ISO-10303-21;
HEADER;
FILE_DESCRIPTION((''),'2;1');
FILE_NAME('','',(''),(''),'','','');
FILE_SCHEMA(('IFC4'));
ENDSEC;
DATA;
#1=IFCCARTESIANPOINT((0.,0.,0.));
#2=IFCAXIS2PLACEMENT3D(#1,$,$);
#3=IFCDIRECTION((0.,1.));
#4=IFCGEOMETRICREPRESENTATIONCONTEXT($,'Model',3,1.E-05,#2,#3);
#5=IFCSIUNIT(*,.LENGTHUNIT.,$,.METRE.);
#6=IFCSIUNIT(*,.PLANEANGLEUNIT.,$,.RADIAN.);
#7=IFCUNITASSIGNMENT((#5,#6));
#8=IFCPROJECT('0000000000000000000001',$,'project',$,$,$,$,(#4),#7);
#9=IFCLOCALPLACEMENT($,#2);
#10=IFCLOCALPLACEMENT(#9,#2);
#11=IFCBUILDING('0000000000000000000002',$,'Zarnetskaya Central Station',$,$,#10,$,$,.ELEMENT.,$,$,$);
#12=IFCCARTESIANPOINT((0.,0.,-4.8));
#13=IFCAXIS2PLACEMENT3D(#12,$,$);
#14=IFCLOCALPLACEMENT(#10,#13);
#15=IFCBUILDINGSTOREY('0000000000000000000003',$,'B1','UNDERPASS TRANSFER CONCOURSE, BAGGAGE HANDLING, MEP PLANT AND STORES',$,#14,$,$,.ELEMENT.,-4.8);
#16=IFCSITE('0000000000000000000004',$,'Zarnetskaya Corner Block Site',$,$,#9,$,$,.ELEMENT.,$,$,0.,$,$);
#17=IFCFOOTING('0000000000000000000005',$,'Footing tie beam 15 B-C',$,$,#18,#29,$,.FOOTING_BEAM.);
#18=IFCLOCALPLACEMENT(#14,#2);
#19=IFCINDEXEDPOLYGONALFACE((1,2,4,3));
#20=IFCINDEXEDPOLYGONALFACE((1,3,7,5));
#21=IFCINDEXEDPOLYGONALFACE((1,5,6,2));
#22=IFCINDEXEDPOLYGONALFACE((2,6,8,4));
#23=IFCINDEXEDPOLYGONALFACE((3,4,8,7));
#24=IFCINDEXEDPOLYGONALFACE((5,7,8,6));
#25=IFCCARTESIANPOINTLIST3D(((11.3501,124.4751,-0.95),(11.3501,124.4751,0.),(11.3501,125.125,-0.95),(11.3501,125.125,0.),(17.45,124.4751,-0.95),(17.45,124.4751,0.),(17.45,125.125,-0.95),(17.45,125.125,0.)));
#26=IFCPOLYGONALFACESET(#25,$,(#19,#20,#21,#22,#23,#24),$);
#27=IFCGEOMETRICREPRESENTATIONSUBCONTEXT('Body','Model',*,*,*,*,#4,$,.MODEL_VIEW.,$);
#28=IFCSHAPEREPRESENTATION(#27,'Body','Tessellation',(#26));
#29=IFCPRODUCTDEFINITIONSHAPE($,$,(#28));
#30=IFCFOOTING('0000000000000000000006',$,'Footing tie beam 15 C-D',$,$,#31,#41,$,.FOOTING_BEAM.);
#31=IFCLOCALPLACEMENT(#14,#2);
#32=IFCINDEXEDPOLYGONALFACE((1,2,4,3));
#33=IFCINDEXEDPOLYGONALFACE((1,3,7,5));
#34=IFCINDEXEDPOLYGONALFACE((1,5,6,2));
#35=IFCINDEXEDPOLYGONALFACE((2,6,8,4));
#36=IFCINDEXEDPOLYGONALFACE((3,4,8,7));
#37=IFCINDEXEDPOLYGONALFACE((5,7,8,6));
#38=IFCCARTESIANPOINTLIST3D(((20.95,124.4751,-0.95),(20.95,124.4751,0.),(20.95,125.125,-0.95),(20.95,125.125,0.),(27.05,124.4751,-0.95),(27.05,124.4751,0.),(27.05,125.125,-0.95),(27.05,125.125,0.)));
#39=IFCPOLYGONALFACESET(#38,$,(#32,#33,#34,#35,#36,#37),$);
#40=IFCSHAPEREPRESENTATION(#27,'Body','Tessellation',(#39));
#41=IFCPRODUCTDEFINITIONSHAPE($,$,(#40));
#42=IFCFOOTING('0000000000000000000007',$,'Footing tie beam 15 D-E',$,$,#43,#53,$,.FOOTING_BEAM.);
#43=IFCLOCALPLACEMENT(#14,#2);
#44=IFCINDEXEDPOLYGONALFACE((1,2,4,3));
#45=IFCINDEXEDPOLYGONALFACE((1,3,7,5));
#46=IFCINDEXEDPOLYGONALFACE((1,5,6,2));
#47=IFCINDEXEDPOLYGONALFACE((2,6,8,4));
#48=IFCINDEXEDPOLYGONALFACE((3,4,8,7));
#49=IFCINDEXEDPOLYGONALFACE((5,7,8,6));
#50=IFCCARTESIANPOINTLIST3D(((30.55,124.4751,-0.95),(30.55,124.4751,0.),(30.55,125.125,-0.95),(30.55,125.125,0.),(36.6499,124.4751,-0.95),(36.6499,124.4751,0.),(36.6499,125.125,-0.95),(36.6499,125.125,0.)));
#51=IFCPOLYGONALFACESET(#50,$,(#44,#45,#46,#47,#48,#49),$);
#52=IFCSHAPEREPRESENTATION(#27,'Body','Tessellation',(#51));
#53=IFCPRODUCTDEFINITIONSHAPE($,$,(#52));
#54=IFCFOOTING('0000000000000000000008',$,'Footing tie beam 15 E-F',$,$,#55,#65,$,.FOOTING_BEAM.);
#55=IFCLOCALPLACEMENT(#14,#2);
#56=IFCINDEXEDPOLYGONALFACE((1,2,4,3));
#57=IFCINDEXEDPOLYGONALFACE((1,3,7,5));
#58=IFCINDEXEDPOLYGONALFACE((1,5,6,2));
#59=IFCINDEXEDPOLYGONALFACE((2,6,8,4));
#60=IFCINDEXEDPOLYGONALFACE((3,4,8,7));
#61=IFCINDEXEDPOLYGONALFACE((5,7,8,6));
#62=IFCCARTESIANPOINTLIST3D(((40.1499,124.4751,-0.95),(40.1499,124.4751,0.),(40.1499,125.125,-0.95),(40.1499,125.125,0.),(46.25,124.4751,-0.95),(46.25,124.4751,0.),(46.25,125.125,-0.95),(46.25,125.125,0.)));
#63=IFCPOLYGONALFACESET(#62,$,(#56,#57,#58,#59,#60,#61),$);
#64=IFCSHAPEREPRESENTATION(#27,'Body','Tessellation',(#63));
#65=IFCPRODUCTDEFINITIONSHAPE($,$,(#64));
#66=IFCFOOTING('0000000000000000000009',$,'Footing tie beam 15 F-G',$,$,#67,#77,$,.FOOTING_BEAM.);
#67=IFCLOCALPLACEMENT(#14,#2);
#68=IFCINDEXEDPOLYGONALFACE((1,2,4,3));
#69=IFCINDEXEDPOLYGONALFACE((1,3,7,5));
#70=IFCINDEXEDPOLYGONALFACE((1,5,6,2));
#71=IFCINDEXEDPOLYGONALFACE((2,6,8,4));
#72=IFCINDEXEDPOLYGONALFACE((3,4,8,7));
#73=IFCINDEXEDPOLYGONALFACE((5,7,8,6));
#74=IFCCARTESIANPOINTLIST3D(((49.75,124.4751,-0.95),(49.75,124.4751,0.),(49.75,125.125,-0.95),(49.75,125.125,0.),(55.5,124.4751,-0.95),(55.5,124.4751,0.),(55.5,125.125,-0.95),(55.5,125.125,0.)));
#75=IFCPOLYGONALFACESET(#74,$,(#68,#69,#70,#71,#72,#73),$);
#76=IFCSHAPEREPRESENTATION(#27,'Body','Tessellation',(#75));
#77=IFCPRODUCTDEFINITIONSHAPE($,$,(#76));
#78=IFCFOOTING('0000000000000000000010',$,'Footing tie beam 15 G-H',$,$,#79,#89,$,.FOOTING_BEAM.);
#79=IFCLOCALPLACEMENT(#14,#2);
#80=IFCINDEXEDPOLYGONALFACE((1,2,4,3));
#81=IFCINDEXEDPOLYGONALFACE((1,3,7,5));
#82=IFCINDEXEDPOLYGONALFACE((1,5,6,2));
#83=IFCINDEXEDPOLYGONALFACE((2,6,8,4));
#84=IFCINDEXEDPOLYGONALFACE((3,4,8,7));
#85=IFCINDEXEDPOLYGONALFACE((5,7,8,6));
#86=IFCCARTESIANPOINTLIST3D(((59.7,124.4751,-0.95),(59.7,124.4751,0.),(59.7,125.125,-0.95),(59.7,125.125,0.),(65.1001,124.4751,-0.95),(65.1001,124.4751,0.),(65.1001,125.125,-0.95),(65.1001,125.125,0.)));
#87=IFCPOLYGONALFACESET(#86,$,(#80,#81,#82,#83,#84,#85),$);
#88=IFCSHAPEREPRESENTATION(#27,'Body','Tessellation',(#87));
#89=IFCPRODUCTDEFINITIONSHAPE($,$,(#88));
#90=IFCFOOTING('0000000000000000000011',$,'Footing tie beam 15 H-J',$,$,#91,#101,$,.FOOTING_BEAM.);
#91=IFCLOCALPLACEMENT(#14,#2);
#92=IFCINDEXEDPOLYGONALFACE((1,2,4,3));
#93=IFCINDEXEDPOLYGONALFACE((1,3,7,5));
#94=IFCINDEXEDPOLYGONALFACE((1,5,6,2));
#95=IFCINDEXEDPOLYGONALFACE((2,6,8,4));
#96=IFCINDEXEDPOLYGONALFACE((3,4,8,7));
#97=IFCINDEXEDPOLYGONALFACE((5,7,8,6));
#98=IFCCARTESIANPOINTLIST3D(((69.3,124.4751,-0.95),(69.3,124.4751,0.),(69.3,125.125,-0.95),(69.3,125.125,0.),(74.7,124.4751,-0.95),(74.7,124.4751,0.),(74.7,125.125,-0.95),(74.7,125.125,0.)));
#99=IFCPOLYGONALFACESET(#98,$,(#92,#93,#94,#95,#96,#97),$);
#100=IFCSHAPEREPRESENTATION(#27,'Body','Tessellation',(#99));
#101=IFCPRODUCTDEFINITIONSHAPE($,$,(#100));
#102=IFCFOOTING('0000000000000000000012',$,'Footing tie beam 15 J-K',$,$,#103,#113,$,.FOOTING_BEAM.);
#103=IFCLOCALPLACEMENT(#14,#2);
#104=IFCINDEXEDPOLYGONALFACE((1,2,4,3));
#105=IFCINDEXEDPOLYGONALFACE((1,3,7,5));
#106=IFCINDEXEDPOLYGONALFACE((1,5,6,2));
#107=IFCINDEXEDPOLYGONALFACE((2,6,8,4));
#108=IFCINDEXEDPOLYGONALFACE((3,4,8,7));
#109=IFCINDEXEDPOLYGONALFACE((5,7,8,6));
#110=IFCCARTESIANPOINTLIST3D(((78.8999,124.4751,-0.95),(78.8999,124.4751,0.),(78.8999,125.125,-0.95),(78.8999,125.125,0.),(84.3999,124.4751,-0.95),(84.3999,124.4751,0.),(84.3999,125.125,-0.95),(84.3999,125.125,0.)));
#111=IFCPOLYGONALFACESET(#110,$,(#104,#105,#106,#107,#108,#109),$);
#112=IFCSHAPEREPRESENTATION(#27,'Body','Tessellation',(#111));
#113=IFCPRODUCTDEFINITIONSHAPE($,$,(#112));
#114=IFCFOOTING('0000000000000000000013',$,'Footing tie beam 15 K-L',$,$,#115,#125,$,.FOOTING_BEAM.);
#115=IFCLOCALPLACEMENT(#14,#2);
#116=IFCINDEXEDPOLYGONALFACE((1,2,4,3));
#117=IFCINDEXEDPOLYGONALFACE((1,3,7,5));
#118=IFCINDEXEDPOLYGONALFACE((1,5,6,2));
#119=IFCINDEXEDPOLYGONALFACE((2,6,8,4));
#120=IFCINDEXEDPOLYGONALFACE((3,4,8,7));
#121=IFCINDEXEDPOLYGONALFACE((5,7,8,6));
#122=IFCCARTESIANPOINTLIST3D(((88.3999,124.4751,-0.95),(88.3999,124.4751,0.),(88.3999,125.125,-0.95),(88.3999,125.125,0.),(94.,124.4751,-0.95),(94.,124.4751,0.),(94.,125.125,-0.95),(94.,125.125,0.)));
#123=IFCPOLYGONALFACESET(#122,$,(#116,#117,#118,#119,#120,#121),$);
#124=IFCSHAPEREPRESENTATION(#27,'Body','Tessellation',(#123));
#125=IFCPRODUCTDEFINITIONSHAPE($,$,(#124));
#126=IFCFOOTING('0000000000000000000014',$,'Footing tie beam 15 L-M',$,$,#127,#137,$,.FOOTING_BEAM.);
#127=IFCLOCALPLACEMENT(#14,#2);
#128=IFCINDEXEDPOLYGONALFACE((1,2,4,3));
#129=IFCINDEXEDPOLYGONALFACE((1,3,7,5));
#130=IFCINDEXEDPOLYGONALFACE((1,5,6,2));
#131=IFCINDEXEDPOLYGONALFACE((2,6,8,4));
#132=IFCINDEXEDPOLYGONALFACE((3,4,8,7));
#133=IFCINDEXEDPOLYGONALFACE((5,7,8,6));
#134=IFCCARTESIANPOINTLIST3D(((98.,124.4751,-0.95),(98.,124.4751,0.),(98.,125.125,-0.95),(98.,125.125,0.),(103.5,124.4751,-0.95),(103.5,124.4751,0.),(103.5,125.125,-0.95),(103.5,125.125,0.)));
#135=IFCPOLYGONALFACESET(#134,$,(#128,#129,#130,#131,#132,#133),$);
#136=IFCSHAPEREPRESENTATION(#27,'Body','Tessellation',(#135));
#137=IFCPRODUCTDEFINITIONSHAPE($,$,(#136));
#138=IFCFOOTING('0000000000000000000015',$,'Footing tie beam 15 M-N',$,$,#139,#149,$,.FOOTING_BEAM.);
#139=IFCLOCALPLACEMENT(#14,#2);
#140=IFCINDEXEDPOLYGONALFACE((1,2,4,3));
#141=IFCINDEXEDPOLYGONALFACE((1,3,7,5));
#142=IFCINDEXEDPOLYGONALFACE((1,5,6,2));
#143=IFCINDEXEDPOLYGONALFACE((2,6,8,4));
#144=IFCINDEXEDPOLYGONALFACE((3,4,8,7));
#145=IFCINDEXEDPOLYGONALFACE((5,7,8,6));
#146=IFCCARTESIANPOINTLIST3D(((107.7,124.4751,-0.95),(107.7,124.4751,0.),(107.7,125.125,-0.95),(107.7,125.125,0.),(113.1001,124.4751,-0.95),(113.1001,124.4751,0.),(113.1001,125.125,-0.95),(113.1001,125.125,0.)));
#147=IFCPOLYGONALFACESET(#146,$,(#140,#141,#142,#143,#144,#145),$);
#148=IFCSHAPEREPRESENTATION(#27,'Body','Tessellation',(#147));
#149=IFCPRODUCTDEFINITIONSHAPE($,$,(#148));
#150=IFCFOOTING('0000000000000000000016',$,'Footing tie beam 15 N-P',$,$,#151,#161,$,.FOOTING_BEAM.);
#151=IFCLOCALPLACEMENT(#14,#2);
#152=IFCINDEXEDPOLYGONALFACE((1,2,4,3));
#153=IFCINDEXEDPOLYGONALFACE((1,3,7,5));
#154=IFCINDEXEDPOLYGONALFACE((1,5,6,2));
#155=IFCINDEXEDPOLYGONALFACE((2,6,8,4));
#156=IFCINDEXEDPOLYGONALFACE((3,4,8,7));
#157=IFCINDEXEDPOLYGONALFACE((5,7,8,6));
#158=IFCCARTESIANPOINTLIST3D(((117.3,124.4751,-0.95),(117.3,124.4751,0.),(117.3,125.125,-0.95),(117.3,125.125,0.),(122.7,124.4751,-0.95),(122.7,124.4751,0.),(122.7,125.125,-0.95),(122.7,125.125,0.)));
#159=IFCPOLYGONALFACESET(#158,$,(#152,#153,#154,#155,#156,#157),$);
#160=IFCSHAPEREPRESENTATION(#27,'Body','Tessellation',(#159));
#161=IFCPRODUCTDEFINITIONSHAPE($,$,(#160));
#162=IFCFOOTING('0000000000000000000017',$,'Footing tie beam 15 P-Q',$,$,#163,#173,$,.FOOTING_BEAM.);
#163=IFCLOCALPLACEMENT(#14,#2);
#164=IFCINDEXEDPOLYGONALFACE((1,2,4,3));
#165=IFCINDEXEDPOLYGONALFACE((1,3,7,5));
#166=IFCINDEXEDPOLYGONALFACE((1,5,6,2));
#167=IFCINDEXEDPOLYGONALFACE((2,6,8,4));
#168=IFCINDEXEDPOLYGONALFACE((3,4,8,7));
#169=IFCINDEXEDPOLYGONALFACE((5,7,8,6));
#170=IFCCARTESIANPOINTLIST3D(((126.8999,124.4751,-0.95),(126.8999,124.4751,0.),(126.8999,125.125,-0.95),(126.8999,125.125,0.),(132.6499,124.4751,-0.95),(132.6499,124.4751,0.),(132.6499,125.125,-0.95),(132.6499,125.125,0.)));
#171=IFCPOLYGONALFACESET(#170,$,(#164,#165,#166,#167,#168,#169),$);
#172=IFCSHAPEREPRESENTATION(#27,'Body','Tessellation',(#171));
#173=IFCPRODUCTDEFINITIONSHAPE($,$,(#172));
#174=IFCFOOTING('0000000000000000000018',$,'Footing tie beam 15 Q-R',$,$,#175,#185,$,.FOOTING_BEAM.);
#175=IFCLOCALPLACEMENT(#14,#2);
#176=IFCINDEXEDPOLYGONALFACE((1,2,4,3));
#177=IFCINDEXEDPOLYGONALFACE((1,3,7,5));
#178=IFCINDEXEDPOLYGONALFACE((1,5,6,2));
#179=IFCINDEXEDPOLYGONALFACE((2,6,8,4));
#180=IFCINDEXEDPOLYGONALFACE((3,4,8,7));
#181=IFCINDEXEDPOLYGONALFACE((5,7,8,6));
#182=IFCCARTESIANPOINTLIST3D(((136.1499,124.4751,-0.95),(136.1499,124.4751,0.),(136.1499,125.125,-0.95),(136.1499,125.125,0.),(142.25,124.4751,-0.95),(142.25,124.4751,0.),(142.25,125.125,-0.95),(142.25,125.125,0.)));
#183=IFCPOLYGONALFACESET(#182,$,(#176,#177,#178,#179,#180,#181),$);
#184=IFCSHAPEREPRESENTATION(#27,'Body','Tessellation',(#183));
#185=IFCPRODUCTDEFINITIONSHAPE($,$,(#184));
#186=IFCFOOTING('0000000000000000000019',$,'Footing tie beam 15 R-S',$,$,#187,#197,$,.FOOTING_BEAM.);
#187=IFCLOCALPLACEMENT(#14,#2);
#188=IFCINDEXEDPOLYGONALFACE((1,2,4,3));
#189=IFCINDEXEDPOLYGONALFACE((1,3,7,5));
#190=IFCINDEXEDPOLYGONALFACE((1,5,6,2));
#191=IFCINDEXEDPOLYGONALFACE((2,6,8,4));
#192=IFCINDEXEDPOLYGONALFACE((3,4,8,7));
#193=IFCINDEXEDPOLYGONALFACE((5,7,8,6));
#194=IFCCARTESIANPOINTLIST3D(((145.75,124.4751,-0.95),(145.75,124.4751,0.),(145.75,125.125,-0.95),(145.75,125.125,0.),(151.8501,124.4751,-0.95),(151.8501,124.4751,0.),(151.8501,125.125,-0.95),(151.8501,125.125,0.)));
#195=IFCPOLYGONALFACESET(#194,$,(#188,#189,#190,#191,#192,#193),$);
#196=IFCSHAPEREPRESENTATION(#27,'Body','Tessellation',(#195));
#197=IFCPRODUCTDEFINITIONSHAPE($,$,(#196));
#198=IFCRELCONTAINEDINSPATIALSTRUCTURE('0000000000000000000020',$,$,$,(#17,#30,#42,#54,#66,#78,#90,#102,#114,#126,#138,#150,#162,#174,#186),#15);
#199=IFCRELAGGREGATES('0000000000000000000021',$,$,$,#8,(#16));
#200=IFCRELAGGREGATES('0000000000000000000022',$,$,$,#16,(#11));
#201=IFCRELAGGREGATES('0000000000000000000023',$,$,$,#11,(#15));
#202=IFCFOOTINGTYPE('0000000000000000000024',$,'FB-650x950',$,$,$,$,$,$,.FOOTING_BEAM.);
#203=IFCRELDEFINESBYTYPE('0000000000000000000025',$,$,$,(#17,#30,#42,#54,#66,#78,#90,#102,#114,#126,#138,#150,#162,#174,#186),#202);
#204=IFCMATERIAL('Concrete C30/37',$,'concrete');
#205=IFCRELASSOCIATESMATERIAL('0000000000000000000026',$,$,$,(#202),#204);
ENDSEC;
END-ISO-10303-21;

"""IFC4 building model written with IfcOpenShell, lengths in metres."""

from ifc_helpers import new_model, si_unit, direction, frame, origin, place, context, subcontext, project, spatial, polyline, outline, extrude, material, type_object, element, save


model = new_model("IFC4")

# Units and contexts
model_context = context("Model", 3, precision=1e-05, world=origin(), true_north=direction((0.0, 1.0)))
body_context = subcontext(model_context, "Body", "Model", "MODEL_VIEW")
ifc_project = project(units=[si_unit("LENGTHUNIT", "METRE"), si_unit("PLANEANGLEUNIT", "RADIAN")], contexts=[model_context])

# Site, building, storey
site_placement = place(None, origin())
site = spatial("IfcSite", under=ifc_project, at=site_placement, Name="Zarnetskaya Corner Block Site", CompositionType="ELEMENT", RefElevation=0.0)
building_placement = place(site_placement, origin())
building = spatial("IfcBuilding", under=site, at=building_placement, Name="Zarnetskaya Central Station", CompositionType="ELEMENT")
storey_placement = place(building_placement, frame((0.0, 0.0, -4.8)))
storey = spatial("IfcBuildingStorey", under=building, at=storey_placement, Name="B1", Description="UNDERPASS TRANSFER CONCOURSE, BAGGAGE HANDLING, MEP PLANT AND STORES", CompositionType="ELEMENT", Elevation=-4.8)

# Footings
ifc_material = material(Name="Concrete C30/37", Category="concrete")
footing_type = type_object("IfcFootingType", Name="FB-650x950", PredefinedType="FOOTING_BEAM", material=ifc_material)
footing_1_placement = place(storey_placement, frame((0.0, 0.0, -0.95)))
element("IfcFooting", 1, at=footing_1_placement, inside=storey, type_object=footing_type, Name="Footing tie beam 15 B-C", PredefinedType="FOOTING_BEAM", context=body_context, shape_type="SweptSolid", body=[
    extrude(outline(polyline([(11.3501, 124.4751), (17.45, 124.4751), (17.45, 125.125), (11.3501, 125.125), (11.3501, 124.4751)])), origin(), (0.0, 0.0, 1.0), 0.95),
])
footing_2_placement = place(storey_placement, frame((0.0, 0.0, -0.95)))
element("IfcFooting", 2, at=footing_2_placement, inside=storey, type_object=footing_type, Name="Footing tie beam 15 C-D", PredefinedType="FOOTING_BEAM", context=body_context, shape_type="SweptSolid", body=[
    extrude(outline(polyline([(20.95, 124.4751), (27.05, 124.4751), (27.05, 125.125), (20.95, 125.125), (20.95, 124.4751)])), origin(), (0.0, 0.0, 1.0), 0.95),
])
footing_3_placement = place(storey_placement, frame((0.0, 0.0, -0.95)))
element("IfcFooting", 3, at=footing_3_placement, inside=storey, type_object=footing_type, Name="Footing tie beam 15 D-E", PredefinedType="FOOTING_BEAM", context=body_context, shape_type="SweptSolid", body=[
    extrude(outline(polyline([(30.55, 124.4751), (36.6499, 124.4751), (36.6499, 125.125), (30.55, 125.125), (30.55, 124.4751)])), origin(), (0.0, 0.0, 1.0), 0.95),
])
footing_4_placement = place(storey_placement, frame((0.0, 0.0, -0.95)))
element("IfcFooting", 4, at=footing_4_placement, inside=storey, type_object=footing_type, Name="Footing tie beam 15 E-F", PredefinedType="FOOTING_BEAM", context=body_context, shape_type="SweptSolid", body=[
    extrude(outline(polyline([(40.1499, 124.4751), (46.25, 124.4751), (46.25, 125.125), (40.1499, 125.125), (40.1499, 124.4751)])), origin(), (0.0, 0.0, 1.0), 0.95),
])
footing_5_placement = place(storey_placement, frame((0.0, 0.0, -0.95)))
element("IfcFooting", 5, at=footing_5_placement, inside=storey, type_object=footing_type, Name="Footing tie beam 15 F-G", PredefinedType="FOOTING_BEAM", context=body_context, shape_type="SweptSolid", body=[
    extrude(outline(polyline([(49.75, 124.4751), (55.5, 124.4751), (55.5, 125.125), (49.75, 125.125), (49.75, 124.4751)])), origin(), (0.0, 0.0, 1.0), 0.95),
])
footing_6_placement = place(storey_placement, frame((0.0, 0.0, -0.95)))
element("IfcFooting", 6, at=footing_6_placement, inside=storey, type_object=footing_type, Name="Footing tie beam 15 G-H", PredefinedType="FOOTING_BEAM", context=body_context, shape_type="SweptSolid", body=[
    extrude(outline(polyline([(59.7, 124.4751), (65.1001, 124.4751), (65.1001, 125.125), (59.7, 125.125), (59.7, 124.4751)])), origin(), (0.0, 0.0, 1.0), 0.95),
])
footing_7_placement = place(storey_placement, frame((0.0, 0.0, -0.95)))
element("IfcFooting", 7, at=footing_7_placement, inside=storey, type_object=footing_type, Name="Footing tie beam 15 H-J", PredefinedType="FOOTING_BEAM", context=body_context, shape_type="SweptSolid", body=[
    extrude(outline(polyline([(69.3, 124.4751), (74.7, 124.4751), (74.7, 125.125), (69.3, 125.125), (69.3, 124.4751)])), origin(), (0.0, 0.0, 1.0), 0.95),
])
footing_8_placement = place(storey_placement, frame((0.0, 0.0, -0.95)))
element("IfcFooting", 8, at=footing_8_placement, inside=storey, type_object=footing_type, Name="Footing tie beam 15 J-K", PredefinedType="FOOTING_BEAM", context=body_context, shape_type="SweptSolid", body=[
    extrude(outline(polyline([(78.8999, 124.4751), (84.3999, 124.4751), (84.3999, 125.125), (78.8999, 125.125), (78.8999, 124.4751)])), origin(), (0.0, 0.0, 1.0), 0.95),
])
footing_9_placement = place(storey_placement, frame((0.0, 0.0, -0.95)))
element("IfcFooting", 9, at=footing_9_placement, inside=storey, type_object=footing_type, Name="Footing tie beam 15 K-L", PredefinedType="FOOTING_BEAM", context=body_context, shape_type="SweptSolid", body=[
    extrude(outline(polyline([(88.3999, 124.4751), (94.0, 124.4751), (94.0, 125.125), (88.3999, 125.125), (88.3999, 124.4751)])), origin(), (0.0, 0.0, 1.0), 0.95),
])
footing_10_placement = place(storey_placement, frame((0.0, 0.0, -0.95)))
element("IfcFooting", 10, at=footing_10_placement, inside=storey, type_object=footing_type, Name="Footing tie beam 15 L-M", PredefinedType="FOOTING_BEAM", context=body_context, shape_type="SweptSolid", body=[
    extrude(outline(polyline([(98.0, 124.4751), (103.5, 124.4751), (103.5, 125.125), (98.0, 125.125), (98.0, 124.4751)])), origin(), (0.0, 0.0, 1.0), 0.95),
])
footing_11_placement = place(storey_placement, frame((0.0, 0.0, -0.95)))
element("IfcFooting", 11, at=footing_11_placement, inside=storey, type_object=footing_type, Name="Footing tie beam 15 M-N", PredefinedType="FOOTING_BEAM", context=body_context, shape_type="SweptSolid", body=[
    extrude(outline(polyline([(107.7, 124.4751), (113.1001, 124.4751), (113.1001, 125.125), (107.7, 125.125), (107.7, 124.4751)])), origin(), (0.0, 0.0, 1.0), 0.95),
])
footing_12_placement = place(storey_placement, frame((0.0, 0.0, -0.95)))
element("IfcFooting", 12, at=footing_12_placement, inside=storey, type_object=footing_type, Name="Footing tie beam 15 N-P", PredefinedType="FOOTING_BEAM", context=body_context, shape_type="SweptSolid", body=[
    extrude(outline(polyline([(117.3, 124.4751), (122.7, 124.4751), (122.7, 125.125), (117.3, 125.125), (117.3, 124.4751)])), origin(), (0.0, 0.0, 1.0), 0.95),
])
footing_13_placement = place(storey_placement, frame((0.0, 0.0, -0.95)))
element("IfcFooting", 13, at=footing_13_placement, inside=storey, type_object=footing_type, Name="Footing tie beam 15 P-Q", PredefinedType="FOOTING_BEAM", context=body_context, shape_type="SweptSolid", body=[
    extrude(outline(polyline([(126.8999, 124.4751), (132.6499, 124.4751), (132.6499, 125.125), (126.8999, 125.125), (126.8999, 124.4751)])), origin(), (0.0, 0.0, 1.0), 0.95),
])
footing_14_placement = place(storey_placement, frame((0.0, 0.0, -0.95)))
element("IfcFooting", 14, at=footing_14_placement, inside=storey, type_object=footing_type, Name="Footing tie beam 15 Q-R", PredefinedType="FOOTING_BEAM", context=body_context, shape_type="SweptSolid", body=[
    extrude(outline(polyline([(136.1499, 124.4751), (142.25, 124.4751), (142.25, 125.125), (136.1499, 125.125), (136.1499, 124.4751)])), origin(), (0.0, 0.0, 1.0), 0.95),
])
footing_15_placement = place(storey_placement, frame((0.0, 0.0, -0.95)))
element("IfcFooting", 15, at=footing_15_placement, inside=storey, type_object=footing_type, Name="Footing tie beam 15 R-S", PredefinedType="FOOTING_BEAM", context=body_context, shape_type="SweptSolid", body=[
    extrude(outline(polyline([(145.75, 124.4751), (151.8501, 124.4751), (151.8501, 125.125), (145.75, 125.125), (145.75, 124.4751)])), origin(), (0.0, 0.0, 1.0), 0.95),
])

save(model, "model.ifc")
